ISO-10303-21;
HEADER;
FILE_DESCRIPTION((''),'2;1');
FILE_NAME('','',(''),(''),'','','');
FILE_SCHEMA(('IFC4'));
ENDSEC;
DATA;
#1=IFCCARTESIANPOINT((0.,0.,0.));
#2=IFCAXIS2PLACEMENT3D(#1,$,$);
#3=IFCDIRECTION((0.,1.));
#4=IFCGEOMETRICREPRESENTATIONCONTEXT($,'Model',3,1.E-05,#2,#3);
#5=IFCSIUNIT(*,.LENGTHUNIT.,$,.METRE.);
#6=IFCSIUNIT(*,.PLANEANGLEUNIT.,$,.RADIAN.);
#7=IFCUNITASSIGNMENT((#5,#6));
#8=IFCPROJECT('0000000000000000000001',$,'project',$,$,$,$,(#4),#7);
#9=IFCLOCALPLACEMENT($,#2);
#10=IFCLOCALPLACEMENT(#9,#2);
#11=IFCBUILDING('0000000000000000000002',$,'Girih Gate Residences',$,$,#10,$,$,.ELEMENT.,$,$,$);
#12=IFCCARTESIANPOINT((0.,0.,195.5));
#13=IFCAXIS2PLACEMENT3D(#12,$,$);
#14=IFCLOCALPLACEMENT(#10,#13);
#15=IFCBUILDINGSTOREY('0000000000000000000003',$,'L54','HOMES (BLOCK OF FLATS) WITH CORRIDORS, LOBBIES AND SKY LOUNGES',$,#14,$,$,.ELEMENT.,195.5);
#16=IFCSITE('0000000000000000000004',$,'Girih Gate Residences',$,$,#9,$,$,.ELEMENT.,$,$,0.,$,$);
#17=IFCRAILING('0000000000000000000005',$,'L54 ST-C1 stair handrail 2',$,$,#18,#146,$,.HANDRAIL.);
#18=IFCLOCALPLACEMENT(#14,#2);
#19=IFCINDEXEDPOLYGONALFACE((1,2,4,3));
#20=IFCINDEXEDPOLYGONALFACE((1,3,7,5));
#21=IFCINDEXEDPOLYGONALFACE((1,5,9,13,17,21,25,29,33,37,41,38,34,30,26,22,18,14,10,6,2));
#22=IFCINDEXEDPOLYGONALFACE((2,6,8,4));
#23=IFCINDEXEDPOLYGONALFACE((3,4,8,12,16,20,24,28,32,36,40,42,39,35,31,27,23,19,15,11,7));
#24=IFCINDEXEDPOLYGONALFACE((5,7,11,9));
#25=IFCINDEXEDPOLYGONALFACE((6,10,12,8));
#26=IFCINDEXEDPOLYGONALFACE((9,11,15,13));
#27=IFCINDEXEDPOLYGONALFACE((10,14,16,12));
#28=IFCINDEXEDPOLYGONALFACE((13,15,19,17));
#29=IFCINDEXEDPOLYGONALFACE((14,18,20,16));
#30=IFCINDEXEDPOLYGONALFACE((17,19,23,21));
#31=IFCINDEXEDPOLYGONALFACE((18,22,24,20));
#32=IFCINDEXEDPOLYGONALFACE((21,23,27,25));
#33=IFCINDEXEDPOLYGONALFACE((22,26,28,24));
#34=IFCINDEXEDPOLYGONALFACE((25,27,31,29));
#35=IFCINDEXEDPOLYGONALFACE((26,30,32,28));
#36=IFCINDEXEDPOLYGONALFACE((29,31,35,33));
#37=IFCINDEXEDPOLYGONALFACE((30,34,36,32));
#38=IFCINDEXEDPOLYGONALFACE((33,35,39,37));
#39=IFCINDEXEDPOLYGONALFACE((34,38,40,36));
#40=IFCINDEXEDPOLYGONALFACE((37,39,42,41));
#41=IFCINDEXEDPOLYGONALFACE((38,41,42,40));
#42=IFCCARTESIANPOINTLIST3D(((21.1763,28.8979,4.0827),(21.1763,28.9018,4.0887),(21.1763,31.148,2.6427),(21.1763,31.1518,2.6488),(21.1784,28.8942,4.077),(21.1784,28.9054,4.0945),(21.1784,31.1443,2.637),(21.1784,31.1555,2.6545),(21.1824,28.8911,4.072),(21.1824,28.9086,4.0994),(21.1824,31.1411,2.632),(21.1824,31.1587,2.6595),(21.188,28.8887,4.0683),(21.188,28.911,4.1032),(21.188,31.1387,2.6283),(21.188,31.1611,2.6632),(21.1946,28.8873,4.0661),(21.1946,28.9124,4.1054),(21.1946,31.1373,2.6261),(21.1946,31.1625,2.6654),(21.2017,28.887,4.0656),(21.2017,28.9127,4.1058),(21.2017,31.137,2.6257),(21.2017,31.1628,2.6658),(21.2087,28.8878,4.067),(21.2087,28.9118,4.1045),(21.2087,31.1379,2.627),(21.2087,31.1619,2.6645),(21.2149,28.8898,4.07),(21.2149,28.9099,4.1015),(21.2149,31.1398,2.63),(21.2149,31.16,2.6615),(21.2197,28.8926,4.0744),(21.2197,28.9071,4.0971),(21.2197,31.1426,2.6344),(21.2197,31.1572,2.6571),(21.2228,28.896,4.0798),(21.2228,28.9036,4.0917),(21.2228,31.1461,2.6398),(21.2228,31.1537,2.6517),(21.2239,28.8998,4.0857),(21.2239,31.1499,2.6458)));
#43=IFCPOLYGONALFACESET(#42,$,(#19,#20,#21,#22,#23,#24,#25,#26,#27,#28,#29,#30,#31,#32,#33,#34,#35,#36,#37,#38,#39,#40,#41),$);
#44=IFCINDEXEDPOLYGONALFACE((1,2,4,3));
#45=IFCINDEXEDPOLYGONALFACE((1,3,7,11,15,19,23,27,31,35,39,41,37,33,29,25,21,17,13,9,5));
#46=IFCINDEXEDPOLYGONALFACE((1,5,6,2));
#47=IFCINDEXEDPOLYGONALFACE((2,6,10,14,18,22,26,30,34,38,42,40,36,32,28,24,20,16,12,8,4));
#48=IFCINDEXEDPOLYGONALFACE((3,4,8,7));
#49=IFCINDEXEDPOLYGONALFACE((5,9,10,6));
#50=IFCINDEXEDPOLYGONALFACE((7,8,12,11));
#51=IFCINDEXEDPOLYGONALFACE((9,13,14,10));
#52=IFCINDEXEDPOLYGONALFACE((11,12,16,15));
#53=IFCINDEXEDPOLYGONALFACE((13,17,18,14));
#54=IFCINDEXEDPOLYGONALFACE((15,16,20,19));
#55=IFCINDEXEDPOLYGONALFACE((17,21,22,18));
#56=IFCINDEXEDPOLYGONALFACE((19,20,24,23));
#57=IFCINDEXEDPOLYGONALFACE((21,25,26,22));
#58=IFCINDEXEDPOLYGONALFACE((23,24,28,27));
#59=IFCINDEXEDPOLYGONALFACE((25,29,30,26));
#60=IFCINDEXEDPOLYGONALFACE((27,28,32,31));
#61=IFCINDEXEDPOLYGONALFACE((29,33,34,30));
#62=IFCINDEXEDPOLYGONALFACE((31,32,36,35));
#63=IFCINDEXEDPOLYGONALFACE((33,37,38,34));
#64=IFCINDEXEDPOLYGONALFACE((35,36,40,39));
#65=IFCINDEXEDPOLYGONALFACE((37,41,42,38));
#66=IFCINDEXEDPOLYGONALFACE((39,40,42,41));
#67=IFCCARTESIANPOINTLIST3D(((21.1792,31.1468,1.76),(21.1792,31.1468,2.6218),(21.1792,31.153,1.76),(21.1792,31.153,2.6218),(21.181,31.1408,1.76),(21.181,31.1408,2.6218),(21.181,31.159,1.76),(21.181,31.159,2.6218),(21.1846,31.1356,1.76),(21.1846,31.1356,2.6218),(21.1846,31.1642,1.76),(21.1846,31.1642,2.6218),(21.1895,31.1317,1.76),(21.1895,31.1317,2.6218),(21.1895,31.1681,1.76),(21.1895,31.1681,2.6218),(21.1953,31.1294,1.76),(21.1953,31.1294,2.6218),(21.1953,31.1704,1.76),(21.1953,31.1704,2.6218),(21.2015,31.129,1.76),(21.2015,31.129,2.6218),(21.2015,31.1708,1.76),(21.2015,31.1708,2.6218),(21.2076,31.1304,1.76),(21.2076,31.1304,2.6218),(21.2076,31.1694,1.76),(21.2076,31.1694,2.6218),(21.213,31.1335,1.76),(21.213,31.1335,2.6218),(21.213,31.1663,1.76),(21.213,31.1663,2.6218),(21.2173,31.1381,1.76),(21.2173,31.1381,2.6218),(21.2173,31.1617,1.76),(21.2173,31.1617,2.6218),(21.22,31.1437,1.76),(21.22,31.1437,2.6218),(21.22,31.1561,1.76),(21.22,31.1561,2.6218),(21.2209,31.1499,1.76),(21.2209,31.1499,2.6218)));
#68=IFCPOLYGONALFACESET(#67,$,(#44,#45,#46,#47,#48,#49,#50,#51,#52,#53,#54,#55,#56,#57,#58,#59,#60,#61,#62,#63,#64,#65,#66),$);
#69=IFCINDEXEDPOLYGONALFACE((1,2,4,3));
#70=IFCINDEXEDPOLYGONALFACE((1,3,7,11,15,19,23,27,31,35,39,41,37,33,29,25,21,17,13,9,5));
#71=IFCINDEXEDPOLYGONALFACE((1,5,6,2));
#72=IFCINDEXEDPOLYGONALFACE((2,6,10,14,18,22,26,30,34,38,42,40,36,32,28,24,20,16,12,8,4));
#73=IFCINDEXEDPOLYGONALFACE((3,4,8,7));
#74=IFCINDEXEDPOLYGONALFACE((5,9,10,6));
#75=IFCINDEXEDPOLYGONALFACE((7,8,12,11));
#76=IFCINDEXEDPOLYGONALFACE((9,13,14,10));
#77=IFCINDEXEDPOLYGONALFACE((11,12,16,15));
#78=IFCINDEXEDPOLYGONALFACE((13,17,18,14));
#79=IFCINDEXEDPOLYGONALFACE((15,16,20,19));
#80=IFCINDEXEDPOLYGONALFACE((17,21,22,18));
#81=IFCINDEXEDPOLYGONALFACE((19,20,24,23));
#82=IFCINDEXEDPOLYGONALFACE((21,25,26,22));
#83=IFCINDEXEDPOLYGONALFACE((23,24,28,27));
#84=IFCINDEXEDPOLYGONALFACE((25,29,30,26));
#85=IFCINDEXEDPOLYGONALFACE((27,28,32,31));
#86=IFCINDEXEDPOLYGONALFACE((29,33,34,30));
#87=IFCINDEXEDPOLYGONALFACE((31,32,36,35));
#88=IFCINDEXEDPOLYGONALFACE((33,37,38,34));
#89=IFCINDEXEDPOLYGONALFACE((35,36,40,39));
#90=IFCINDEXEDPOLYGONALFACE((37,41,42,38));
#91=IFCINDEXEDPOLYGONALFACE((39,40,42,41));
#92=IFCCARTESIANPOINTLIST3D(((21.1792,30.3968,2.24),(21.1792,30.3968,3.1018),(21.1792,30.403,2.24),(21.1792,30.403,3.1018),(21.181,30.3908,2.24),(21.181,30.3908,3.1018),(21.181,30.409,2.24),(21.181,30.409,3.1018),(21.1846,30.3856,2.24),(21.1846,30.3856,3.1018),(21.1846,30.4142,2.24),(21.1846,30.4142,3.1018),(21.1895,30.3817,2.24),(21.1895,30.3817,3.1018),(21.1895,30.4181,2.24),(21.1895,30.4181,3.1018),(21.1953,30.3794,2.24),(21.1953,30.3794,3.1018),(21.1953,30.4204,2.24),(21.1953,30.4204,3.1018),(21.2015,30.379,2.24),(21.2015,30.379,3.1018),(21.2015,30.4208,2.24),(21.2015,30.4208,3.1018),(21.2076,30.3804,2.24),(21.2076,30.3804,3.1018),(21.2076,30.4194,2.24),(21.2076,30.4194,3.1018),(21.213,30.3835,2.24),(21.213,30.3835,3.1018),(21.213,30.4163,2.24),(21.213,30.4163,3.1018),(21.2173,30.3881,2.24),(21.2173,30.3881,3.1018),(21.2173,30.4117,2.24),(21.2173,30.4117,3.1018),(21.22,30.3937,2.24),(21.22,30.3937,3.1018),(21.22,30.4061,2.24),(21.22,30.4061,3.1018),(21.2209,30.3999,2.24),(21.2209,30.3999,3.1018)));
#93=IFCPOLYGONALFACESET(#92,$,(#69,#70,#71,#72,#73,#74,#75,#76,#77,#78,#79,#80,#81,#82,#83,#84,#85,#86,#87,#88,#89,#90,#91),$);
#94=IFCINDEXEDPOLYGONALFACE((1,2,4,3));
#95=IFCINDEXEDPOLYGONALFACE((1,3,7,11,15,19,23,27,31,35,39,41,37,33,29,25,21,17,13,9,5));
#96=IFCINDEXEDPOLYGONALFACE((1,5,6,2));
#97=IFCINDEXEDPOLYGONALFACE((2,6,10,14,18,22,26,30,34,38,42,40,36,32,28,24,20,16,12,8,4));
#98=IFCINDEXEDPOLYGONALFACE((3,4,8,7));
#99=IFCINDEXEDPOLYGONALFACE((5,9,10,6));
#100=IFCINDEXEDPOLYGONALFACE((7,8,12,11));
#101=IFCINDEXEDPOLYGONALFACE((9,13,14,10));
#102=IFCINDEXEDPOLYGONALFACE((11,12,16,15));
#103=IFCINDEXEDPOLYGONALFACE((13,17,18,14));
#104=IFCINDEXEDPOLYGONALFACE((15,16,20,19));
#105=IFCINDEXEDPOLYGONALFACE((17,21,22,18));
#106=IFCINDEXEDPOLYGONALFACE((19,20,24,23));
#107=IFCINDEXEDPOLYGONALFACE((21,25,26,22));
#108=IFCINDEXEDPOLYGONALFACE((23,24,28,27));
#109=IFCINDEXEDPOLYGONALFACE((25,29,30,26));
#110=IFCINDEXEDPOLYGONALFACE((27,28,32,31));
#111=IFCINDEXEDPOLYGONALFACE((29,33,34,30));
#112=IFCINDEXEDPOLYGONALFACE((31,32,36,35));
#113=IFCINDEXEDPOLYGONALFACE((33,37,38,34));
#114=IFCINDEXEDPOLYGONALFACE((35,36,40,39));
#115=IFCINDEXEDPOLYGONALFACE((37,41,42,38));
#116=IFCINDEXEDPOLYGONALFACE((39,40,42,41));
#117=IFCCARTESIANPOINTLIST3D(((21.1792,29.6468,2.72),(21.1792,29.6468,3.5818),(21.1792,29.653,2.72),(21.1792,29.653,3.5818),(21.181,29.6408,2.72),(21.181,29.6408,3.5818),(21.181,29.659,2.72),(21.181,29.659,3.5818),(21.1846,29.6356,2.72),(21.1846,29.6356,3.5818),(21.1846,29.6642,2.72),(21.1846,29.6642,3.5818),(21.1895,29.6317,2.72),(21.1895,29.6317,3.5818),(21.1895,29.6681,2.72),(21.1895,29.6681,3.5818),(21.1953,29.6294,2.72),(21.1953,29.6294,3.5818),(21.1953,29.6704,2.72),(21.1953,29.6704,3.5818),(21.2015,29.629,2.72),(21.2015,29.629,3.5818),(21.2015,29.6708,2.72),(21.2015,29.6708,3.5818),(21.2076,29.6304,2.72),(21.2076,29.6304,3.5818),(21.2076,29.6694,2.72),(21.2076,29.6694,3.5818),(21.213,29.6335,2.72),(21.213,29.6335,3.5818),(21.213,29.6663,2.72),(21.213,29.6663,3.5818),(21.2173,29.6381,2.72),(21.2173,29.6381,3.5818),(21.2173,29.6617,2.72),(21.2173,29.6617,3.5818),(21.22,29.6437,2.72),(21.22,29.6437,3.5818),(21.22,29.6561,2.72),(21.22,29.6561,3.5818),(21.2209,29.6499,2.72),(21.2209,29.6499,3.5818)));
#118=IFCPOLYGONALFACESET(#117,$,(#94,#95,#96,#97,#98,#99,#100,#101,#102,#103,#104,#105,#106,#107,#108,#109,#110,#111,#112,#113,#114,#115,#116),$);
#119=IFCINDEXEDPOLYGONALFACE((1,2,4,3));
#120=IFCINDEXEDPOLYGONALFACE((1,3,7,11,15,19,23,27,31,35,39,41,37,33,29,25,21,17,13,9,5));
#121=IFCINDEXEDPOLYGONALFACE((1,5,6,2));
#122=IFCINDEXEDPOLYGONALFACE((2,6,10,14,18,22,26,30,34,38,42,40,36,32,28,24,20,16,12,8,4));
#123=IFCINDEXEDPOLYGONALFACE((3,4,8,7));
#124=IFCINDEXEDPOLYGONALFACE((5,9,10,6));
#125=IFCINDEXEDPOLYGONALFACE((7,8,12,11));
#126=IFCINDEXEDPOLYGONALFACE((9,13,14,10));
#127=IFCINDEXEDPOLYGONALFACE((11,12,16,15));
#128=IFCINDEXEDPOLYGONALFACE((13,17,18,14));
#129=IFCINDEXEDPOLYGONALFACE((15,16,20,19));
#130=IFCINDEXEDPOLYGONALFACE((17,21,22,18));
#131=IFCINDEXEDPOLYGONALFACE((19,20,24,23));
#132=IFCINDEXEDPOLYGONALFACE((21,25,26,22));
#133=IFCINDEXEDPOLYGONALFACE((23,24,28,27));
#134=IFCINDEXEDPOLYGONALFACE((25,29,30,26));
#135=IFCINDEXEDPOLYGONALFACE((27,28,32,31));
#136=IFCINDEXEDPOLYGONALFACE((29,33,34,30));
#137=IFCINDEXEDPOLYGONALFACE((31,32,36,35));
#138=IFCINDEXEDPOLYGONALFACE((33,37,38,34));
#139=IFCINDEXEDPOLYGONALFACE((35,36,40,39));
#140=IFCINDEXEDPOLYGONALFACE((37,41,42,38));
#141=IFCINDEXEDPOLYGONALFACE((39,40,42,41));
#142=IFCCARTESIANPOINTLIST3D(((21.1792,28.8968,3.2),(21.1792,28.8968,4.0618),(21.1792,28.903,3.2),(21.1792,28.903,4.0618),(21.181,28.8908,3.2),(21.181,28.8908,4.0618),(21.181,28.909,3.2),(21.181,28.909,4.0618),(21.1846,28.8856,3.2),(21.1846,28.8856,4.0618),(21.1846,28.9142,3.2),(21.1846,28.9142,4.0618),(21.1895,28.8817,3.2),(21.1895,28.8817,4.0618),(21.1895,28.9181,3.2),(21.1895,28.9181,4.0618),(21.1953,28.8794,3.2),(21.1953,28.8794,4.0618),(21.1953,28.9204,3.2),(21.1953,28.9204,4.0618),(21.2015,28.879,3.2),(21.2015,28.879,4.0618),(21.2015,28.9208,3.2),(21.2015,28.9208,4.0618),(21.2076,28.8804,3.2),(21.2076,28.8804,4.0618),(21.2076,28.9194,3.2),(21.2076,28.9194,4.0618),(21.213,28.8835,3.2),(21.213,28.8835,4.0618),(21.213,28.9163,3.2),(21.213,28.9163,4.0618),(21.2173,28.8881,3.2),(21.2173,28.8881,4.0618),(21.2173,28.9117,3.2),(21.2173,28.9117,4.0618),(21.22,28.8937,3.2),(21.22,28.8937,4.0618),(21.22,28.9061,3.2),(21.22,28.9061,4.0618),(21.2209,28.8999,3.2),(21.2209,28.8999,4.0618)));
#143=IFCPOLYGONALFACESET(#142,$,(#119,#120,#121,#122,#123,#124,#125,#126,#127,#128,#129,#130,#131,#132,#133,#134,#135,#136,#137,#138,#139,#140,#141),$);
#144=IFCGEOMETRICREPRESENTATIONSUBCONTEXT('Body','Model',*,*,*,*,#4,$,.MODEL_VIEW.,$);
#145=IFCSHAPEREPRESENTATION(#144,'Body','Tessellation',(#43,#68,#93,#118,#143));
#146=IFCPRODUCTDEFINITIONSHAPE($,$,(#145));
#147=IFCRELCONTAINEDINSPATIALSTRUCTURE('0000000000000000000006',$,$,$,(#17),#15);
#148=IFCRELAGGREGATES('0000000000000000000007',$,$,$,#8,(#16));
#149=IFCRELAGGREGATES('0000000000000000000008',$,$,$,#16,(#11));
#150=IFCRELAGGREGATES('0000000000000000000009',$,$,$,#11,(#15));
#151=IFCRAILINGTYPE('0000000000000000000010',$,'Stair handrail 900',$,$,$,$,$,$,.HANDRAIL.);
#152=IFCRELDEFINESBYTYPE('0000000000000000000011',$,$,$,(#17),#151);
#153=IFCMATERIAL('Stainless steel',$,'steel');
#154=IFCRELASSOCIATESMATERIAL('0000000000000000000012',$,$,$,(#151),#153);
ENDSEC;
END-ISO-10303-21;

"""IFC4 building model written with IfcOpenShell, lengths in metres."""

from ifc_helpers import new_model, si_unit, direction, frame, origin, origin_2d, place, context, subcontext, project, spatial, circle, extrude, material, type_object, element, save


model = new_model("IFC4")

# Units and contexts
model_context = context("Model", 3, precision=1e-05, world=origin(), true_north=direction((0.0, 1.0)))
body_context = subcontext(model_context, "Body", "Model", "MODEL_VIEW")
ifc_project = project(units=[si_unit("LENGTHUNIT", "METRE"), si_unit("PLANEANGLEUNIT", "RADIAN")], contexts=[model_context])

# Site, building, storey
site_placement = place(None, origin())
site = spatial("IfcSite", under=ifc_project, at=site_placement, Name="Girih Gate Residences", CompositionType="ELEMENT", RefElevation=0.0)
building_placement = place(site_placement, origin())
building = spatial("IfcBuilding", under=site, at=building_placement, Name="Girih Gate Residences", CompositionType="ELEMENT")
storey_placement = place(building_placement, frame((0.0, 0.0, 195.5)))
storey = spatial("IfcBuildingStorey", under=building, at=storey_placement, Name="L54", Description="HOMES (BLOCK OF FLATS) WITH CORRIDORS, LOBBIES AND SKY LOUNGES", CompositionType="ELEMENT", Elevation=195.5)

# Railing
ifc_material_1 = material(Name="Stainless steel", Category="steel")
railing_type_1 = type_object("IfcRailingType", Name="Stair handrail 900", PredefinedType="HANDRAIL", material=ifc_material_1)
railing_1_placement = place(storey_placement, frame((21.2, 31.1499, 1.76)))
element("IfcRailing", 1, at=railing_1_placement, inside=storey, type_object=railing_type_1, Name="L54 ST-C1 stair handrail 2", PredefinedType="HANDRAIL", context=body_context, shape_type="SweptSolid", body=[
    extrude(circle(Radius=0.0239, at=origin_2d()), frame((0.0, 0.0, 0.8857), z_axis=(0.0, -0.842281, 0.539038), x_axis=(1.0, 0.0, 0.0)), (0.0, 0.0, 1.0), 2.6714),
    extrude(circle(Radius=0.021, at=origin_2d()), origin(), (0.0, 0.0, 1.0), 0.8618),
    extrude(circle(Radius=0.021, at=origin_2d()), frame((0.0, -0.75, 0.48)), (0.0, 0.0, 1.0), 0.8618),
    extrude(circle(Radius=0.021, at=origin_2d()), frame((0.0, -1.5, 0.96)), (0.0, 0.0, 1.0), 0.8618),
    extrude(circle(Radius=0.021, at=origin_2d()), frame((0.0, -2.25, 1.4399)), (0.0, 0.0, 1.0), 0.8618),
])

save(model, "model.ifc")
